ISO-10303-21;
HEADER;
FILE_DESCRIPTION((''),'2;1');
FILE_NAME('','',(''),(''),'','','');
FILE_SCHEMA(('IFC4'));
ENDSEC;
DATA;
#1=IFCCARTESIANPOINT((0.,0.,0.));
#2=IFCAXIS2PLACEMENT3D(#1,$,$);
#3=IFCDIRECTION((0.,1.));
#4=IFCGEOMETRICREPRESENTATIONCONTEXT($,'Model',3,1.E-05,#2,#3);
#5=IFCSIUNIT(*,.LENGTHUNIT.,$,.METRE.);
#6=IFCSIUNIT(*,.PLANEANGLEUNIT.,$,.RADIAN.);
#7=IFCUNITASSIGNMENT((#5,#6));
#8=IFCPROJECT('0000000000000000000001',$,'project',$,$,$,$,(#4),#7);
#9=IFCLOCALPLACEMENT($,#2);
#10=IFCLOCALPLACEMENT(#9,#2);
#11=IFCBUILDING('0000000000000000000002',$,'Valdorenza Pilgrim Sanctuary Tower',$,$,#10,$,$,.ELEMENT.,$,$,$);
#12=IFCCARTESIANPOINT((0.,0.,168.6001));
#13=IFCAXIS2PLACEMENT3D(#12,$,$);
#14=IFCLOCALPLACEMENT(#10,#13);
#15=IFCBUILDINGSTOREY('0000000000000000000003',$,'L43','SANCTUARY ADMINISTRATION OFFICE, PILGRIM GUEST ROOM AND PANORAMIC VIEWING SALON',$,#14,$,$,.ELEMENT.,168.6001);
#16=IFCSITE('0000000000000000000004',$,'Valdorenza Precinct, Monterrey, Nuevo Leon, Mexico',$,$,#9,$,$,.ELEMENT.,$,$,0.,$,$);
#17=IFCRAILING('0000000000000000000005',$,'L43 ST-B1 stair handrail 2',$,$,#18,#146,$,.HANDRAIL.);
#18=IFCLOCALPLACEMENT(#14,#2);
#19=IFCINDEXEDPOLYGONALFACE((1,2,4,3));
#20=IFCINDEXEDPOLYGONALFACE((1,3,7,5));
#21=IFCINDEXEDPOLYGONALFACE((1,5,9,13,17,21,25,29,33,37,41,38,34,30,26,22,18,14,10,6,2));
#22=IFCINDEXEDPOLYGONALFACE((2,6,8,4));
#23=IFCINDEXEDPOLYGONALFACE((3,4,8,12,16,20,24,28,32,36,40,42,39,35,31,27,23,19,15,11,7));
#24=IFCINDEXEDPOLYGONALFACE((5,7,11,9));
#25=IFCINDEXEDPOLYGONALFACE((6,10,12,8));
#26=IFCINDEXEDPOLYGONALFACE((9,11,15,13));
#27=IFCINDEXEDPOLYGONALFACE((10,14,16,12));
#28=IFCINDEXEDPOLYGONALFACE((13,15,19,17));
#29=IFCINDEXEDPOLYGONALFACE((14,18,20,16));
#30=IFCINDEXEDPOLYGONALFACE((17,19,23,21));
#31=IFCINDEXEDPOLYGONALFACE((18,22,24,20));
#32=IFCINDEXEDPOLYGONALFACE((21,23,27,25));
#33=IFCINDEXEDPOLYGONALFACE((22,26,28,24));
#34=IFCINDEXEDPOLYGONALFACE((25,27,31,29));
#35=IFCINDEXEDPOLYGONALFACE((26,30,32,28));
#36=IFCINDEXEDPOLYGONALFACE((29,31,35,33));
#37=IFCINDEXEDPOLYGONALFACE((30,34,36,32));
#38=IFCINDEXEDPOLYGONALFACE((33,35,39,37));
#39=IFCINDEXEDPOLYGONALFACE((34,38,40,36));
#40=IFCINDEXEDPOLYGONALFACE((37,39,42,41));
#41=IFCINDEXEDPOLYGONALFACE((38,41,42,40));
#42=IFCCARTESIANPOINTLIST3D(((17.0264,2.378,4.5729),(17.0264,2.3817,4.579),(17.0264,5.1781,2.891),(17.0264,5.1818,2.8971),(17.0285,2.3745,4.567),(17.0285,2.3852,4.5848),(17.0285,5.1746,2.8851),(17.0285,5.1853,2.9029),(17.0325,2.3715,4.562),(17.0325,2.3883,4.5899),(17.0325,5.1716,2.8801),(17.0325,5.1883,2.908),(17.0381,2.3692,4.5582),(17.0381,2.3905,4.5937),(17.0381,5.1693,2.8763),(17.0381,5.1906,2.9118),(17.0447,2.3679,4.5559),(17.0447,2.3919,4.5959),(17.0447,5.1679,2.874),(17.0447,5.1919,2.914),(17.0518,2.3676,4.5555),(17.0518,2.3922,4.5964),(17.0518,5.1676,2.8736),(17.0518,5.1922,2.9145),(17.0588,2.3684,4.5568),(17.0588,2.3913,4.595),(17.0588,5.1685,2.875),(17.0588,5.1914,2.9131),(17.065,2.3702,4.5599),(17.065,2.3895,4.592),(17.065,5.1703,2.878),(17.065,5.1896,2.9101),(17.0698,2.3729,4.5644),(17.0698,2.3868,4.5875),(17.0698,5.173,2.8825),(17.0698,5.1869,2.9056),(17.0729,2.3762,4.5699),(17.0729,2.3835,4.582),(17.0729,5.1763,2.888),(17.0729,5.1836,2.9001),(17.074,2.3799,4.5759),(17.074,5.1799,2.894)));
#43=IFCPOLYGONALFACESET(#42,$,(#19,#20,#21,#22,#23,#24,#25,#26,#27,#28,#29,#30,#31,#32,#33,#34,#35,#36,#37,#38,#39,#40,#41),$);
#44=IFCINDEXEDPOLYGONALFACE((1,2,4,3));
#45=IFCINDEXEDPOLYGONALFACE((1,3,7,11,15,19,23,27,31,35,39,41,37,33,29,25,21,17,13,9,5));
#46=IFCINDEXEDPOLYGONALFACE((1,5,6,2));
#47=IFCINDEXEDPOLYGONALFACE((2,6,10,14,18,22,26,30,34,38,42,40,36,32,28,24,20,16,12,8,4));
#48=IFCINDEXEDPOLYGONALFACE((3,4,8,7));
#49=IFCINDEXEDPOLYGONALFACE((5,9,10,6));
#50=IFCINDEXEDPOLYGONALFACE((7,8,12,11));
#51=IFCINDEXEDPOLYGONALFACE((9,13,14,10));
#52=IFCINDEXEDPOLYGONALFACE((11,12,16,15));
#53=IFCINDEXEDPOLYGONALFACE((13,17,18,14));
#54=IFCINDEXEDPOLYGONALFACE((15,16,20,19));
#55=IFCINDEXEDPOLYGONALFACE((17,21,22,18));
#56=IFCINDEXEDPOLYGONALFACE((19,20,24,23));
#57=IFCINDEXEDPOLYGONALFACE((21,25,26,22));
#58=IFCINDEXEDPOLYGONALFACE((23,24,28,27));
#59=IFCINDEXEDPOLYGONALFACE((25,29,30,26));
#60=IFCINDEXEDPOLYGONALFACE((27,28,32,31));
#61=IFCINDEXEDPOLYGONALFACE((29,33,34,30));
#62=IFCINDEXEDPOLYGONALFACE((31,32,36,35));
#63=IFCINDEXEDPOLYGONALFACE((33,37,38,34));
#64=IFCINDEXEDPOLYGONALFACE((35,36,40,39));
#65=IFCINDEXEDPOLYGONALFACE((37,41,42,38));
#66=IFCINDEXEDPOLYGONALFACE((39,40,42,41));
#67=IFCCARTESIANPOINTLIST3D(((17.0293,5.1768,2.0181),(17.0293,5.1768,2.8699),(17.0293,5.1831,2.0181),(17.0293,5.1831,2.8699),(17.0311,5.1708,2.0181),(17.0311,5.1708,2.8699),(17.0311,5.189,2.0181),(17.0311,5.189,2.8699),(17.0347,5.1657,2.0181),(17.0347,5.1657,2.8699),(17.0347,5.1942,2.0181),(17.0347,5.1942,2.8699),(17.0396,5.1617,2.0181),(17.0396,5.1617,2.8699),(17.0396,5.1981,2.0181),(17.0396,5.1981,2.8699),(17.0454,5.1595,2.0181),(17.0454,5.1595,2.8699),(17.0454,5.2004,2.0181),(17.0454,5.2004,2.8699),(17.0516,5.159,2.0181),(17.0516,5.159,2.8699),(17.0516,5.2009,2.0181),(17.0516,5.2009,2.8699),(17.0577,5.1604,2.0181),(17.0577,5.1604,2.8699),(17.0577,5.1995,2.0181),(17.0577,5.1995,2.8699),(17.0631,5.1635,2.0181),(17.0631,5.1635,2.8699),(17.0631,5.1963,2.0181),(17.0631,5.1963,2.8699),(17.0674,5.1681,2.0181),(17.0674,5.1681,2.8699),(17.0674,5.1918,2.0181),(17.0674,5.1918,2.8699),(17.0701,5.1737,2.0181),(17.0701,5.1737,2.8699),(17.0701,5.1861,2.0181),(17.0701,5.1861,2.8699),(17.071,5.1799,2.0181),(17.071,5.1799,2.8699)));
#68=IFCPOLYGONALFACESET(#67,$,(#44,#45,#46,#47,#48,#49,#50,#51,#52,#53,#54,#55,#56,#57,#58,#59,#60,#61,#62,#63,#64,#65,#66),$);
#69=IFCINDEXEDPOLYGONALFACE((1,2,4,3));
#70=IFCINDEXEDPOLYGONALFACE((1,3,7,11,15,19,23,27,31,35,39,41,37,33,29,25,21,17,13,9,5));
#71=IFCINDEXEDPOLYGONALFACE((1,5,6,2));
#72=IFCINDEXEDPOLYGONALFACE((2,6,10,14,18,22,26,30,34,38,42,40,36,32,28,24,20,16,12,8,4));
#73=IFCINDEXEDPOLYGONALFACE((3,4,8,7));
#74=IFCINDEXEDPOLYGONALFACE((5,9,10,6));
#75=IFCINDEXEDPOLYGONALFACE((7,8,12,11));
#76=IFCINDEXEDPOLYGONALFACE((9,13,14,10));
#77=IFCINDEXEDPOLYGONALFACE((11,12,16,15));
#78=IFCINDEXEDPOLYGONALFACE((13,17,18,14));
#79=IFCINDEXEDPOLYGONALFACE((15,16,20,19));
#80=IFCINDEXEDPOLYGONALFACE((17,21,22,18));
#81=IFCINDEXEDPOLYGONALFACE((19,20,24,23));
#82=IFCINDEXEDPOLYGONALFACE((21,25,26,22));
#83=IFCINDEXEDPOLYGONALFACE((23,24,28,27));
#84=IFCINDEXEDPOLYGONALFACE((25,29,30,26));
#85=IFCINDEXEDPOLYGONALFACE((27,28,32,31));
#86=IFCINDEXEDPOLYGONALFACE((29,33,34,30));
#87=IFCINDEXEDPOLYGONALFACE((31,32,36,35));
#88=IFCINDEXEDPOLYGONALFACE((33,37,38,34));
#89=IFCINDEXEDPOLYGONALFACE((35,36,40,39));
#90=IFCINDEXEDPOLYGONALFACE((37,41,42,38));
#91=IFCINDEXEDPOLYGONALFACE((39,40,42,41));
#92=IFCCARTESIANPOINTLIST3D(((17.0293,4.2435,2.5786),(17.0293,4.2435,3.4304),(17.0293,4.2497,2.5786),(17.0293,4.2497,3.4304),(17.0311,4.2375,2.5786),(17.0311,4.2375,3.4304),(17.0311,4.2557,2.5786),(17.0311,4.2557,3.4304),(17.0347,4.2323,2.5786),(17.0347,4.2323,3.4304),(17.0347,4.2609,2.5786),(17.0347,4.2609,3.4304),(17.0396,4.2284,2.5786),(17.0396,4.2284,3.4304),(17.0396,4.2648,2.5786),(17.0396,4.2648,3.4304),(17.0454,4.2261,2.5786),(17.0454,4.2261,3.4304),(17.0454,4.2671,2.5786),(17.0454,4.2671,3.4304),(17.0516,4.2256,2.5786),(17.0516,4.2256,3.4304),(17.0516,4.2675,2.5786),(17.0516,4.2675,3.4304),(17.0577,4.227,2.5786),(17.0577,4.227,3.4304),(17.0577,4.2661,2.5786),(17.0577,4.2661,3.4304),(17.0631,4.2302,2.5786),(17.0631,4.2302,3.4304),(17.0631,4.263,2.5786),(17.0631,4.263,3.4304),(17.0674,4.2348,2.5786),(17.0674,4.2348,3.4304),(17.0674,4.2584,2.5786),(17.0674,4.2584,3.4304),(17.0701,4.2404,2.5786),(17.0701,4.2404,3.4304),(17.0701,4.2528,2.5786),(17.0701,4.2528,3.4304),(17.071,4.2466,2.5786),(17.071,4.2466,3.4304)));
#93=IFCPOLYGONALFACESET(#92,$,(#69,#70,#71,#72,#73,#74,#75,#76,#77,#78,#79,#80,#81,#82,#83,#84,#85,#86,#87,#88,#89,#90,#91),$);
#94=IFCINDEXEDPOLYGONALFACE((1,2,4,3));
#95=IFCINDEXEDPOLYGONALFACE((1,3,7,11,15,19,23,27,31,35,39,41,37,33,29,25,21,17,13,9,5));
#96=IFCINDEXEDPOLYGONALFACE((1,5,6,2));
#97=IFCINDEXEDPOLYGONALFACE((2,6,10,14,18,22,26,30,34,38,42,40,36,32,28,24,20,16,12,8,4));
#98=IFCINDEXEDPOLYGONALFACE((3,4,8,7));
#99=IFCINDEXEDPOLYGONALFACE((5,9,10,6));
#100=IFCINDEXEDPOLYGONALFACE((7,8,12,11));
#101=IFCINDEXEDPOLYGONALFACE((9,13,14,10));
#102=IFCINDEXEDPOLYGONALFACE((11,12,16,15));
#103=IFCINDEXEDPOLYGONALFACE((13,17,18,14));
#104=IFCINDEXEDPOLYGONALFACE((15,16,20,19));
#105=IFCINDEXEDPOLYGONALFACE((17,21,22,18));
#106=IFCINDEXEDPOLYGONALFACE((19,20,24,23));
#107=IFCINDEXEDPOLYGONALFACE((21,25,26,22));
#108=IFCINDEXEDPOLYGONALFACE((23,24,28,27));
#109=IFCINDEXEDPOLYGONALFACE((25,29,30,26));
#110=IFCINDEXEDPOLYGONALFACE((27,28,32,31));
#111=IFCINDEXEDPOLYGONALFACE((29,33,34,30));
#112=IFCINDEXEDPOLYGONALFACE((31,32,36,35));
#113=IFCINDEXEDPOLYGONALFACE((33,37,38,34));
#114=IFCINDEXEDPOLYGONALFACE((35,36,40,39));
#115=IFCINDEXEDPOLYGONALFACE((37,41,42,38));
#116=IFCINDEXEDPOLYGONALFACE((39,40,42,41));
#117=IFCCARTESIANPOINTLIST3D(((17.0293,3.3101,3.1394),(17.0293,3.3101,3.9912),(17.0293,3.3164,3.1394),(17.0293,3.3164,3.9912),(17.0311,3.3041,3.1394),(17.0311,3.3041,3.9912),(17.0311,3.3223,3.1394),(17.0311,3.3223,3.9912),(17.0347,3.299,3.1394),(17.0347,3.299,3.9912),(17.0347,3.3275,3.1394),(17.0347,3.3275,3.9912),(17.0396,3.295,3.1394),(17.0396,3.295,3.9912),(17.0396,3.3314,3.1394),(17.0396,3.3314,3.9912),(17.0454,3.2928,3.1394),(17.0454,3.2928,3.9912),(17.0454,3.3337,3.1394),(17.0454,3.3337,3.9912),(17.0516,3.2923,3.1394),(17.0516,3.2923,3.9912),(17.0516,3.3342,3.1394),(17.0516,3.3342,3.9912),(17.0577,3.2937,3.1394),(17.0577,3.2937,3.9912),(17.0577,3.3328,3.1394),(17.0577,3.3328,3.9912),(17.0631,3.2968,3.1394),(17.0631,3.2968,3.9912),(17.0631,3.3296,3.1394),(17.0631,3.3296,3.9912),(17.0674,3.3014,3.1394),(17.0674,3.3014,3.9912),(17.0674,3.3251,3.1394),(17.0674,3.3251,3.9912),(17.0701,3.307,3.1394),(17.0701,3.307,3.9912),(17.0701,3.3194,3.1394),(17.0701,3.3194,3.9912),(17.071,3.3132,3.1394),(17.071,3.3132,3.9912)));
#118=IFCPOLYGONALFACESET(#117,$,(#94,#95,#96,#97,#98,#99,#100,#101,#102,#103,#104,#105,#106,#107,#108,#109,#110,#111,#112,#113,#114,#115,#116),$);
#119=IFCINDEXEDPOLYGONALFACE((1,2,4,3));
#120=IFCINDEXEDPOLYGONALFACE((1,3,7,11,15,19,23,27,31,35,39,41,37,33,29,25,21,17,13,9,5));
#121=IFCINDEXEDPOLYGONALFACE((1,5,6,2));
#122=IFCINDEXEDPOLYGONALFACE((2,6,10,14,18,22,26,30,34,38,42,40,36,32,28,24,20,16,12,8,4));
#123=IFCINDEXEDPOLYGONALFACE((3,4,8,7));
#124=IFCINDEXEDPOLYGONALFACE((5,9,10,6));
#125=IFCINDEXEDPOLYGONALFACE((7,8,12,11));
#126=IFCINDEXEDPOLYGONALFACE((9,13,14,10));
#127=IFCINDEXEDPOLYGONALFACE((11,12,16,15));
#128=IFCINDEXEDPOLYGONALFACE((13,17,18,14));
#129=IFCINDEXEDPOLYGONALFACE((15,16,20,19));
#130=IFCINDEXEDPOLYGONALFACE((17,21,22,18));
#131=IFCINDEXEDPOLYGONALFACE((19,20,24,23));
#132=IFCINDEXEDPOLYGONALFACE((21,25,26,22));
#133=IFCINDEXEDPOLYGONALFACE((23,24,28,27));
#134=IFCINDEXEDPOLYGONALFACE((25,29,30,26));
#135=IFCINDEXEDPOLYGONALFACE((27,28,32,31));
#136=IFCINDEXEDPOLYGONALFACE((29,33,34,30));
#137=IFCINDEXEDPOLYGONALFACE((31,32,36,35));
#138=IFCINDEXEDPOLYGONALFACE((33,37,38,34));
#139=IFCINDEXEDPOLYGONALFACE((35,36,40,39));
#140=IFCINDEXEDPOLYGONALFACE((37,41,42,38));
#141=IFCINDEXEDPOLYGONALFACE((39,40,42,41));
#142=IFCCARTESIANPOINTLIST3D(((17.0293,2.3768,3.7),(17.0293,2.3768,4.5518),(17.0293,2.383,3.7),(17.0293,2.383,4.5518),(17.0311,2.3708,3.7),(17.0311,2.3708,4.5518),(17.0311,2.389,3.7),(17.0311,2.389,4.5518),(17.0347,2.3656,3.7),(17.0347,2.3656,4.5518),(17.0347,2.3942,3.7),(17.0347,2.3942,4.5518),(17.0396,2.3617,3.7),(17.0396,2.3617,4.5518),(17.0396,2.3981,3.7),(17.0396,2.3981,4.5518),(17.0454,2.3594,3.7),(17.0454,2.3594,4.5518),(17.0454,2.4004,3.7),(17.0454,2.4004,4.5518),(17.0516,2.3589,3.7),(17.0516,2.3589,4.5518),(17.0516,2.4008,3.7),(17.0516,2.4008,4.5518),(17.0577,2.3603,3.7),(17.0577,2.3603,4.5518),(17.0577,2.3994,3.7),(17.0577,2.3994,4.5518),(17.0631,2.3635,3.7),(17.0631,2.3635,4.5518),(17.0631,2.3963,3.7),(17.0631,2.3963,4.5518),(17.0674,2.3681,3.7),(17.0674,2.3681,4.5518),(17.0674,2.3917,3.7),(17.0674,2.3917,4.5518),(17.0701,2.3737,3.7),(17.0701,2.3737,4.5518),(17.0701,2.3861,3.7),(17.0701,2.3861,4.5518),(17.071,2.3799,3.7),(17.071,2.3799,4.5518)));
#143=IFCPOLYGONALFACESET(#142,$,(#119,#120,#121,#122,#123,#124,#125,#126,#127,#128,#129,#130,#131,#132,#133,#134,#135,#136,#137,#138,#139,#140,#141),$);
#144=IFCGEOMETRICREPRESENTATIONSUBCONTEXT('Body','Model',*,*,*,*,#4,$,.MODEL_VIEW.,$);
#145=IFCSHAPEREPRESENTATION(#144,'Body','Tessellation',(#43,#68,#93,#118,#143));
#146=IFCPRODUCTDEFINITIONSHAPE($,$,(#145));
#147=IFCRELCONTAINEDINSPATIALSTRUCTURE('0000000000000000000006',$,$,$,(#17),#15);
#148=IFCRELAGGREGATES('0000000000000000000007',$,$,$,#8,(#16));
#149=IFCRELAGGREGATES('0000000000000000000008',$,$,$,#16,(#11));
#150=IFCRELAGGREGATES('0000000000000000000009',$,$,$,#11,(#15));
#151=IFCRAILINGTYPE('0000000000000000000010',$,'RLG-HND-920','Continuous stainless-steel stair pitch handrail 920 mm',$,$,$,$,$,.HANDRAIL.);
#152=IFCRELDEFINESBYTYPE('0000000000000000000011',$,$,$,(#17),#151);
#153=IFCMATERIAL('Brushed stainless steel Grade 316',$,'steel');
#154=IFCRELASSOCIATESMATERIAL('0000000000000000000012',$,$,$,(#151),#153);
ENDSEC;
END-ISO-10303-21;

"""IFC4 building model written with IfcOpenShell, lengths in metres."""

from ifc_helpers import new_model, si_unit, direction, frame, origin, origin_2d, place, context, subcontext, project, spatial, circle, extrude, material, type_object, element, save


model = new_model("IFC4")

# Units and contexts
model_context = context("Model", 3, precision=1e-05, world=origin(), true_north=direction((0.0, 1.0)))
body_context = subcontext(model_context, "Body", "Model", "MODEL_VIEW")
ifc_project = project(units=[si_unit("LENGTHUNIT", "METRE"), si_unit("PLANEANGLEUNIT", "RADIAN")], contexts=[model_context])

# Site, building, storey
site_placement = place(None, origin())
site = spatial("IfcSite", under=ifc_project, at=site_placement, Name="Valdorenza Precinct, Monterrey, Nuevo Leon, Mexico", CompositionType="ELEMENT", RefElevation=0.0)
building_placement = place(site_placement, origin())
building = spatial("IfcBuilding", under=site, at=building_placement, Name="Valdorenza Pilgrim Sanctuary Tower", CompositionType="ELEMENT")
storey_placement = place(building_placement, frame((0.0, 0.0, 168.6001)))
storey = spatial("IfcBuildingStorey", under=building, at=storey_placement, Name="L43", Description="SANCTUARY ADMINISTRATION OFFICE, PILGRIM GUEST ROOM AND PANORAMIC VIEWING SALON", CompositionType="ELEMENT", Elevation=168.6001)

# Shared definitions
ifc_material_1 = material(Name="Brushed stainless steel Grade 316", Category="steel")

# Railing
railing_type_1 = type_object("IfcRailingType", Name="RLG-HND-920", Description="Continuous stainless-steel stair pitch handrail 920 mm", PredefinedType="HANDRAIL", material=ifc_material_1)
railing_1_placement = place(storey_placement, frame((17.05, 5.1799, 2.0181)))
element("IfcRailing", 1, at=railing_1_placement, inside=storey, type_object=railing_type_1, Name="L43 ST-B1 stair handrail 2", PredefinedType="HANDRAIL", context=body_context, shape_type="SweptSolid", body=[
    extrude(circle(Radius=0.0239, at=origin_2d()), frame((0.0, 0.0, 0.876), z_axis=(0.0, -0.857242, 0.514913), x_axis=(1.0, 0.0, 0.0)), (0.0, 0.0, 1.0), 3.2664),
    extrude(circle(Radius=0.021, at=origin_2d()), origin(), (0.0, 0.0, 1.0), 0.8518),
    extrude(circle(Radius=0.021, at=origin_2d()), frame((0.0, -0.9333, 0.5605)), (0.0, 0.0, 1.0), 0.8518),
    extrude(circle(Radius=0.021, at=origin_2d()), frame((0.0, -1.8667, 1.1213)), (0.0, 0.0, 1.0), 0.8518),
    extrude(circle(Radius=0.021, at=origin_2d()), frame((0.0, -2.8, 1.6819)), (0.0, 0.0, 1.0), 0.8518),
])

save(model, "model.ifc")
